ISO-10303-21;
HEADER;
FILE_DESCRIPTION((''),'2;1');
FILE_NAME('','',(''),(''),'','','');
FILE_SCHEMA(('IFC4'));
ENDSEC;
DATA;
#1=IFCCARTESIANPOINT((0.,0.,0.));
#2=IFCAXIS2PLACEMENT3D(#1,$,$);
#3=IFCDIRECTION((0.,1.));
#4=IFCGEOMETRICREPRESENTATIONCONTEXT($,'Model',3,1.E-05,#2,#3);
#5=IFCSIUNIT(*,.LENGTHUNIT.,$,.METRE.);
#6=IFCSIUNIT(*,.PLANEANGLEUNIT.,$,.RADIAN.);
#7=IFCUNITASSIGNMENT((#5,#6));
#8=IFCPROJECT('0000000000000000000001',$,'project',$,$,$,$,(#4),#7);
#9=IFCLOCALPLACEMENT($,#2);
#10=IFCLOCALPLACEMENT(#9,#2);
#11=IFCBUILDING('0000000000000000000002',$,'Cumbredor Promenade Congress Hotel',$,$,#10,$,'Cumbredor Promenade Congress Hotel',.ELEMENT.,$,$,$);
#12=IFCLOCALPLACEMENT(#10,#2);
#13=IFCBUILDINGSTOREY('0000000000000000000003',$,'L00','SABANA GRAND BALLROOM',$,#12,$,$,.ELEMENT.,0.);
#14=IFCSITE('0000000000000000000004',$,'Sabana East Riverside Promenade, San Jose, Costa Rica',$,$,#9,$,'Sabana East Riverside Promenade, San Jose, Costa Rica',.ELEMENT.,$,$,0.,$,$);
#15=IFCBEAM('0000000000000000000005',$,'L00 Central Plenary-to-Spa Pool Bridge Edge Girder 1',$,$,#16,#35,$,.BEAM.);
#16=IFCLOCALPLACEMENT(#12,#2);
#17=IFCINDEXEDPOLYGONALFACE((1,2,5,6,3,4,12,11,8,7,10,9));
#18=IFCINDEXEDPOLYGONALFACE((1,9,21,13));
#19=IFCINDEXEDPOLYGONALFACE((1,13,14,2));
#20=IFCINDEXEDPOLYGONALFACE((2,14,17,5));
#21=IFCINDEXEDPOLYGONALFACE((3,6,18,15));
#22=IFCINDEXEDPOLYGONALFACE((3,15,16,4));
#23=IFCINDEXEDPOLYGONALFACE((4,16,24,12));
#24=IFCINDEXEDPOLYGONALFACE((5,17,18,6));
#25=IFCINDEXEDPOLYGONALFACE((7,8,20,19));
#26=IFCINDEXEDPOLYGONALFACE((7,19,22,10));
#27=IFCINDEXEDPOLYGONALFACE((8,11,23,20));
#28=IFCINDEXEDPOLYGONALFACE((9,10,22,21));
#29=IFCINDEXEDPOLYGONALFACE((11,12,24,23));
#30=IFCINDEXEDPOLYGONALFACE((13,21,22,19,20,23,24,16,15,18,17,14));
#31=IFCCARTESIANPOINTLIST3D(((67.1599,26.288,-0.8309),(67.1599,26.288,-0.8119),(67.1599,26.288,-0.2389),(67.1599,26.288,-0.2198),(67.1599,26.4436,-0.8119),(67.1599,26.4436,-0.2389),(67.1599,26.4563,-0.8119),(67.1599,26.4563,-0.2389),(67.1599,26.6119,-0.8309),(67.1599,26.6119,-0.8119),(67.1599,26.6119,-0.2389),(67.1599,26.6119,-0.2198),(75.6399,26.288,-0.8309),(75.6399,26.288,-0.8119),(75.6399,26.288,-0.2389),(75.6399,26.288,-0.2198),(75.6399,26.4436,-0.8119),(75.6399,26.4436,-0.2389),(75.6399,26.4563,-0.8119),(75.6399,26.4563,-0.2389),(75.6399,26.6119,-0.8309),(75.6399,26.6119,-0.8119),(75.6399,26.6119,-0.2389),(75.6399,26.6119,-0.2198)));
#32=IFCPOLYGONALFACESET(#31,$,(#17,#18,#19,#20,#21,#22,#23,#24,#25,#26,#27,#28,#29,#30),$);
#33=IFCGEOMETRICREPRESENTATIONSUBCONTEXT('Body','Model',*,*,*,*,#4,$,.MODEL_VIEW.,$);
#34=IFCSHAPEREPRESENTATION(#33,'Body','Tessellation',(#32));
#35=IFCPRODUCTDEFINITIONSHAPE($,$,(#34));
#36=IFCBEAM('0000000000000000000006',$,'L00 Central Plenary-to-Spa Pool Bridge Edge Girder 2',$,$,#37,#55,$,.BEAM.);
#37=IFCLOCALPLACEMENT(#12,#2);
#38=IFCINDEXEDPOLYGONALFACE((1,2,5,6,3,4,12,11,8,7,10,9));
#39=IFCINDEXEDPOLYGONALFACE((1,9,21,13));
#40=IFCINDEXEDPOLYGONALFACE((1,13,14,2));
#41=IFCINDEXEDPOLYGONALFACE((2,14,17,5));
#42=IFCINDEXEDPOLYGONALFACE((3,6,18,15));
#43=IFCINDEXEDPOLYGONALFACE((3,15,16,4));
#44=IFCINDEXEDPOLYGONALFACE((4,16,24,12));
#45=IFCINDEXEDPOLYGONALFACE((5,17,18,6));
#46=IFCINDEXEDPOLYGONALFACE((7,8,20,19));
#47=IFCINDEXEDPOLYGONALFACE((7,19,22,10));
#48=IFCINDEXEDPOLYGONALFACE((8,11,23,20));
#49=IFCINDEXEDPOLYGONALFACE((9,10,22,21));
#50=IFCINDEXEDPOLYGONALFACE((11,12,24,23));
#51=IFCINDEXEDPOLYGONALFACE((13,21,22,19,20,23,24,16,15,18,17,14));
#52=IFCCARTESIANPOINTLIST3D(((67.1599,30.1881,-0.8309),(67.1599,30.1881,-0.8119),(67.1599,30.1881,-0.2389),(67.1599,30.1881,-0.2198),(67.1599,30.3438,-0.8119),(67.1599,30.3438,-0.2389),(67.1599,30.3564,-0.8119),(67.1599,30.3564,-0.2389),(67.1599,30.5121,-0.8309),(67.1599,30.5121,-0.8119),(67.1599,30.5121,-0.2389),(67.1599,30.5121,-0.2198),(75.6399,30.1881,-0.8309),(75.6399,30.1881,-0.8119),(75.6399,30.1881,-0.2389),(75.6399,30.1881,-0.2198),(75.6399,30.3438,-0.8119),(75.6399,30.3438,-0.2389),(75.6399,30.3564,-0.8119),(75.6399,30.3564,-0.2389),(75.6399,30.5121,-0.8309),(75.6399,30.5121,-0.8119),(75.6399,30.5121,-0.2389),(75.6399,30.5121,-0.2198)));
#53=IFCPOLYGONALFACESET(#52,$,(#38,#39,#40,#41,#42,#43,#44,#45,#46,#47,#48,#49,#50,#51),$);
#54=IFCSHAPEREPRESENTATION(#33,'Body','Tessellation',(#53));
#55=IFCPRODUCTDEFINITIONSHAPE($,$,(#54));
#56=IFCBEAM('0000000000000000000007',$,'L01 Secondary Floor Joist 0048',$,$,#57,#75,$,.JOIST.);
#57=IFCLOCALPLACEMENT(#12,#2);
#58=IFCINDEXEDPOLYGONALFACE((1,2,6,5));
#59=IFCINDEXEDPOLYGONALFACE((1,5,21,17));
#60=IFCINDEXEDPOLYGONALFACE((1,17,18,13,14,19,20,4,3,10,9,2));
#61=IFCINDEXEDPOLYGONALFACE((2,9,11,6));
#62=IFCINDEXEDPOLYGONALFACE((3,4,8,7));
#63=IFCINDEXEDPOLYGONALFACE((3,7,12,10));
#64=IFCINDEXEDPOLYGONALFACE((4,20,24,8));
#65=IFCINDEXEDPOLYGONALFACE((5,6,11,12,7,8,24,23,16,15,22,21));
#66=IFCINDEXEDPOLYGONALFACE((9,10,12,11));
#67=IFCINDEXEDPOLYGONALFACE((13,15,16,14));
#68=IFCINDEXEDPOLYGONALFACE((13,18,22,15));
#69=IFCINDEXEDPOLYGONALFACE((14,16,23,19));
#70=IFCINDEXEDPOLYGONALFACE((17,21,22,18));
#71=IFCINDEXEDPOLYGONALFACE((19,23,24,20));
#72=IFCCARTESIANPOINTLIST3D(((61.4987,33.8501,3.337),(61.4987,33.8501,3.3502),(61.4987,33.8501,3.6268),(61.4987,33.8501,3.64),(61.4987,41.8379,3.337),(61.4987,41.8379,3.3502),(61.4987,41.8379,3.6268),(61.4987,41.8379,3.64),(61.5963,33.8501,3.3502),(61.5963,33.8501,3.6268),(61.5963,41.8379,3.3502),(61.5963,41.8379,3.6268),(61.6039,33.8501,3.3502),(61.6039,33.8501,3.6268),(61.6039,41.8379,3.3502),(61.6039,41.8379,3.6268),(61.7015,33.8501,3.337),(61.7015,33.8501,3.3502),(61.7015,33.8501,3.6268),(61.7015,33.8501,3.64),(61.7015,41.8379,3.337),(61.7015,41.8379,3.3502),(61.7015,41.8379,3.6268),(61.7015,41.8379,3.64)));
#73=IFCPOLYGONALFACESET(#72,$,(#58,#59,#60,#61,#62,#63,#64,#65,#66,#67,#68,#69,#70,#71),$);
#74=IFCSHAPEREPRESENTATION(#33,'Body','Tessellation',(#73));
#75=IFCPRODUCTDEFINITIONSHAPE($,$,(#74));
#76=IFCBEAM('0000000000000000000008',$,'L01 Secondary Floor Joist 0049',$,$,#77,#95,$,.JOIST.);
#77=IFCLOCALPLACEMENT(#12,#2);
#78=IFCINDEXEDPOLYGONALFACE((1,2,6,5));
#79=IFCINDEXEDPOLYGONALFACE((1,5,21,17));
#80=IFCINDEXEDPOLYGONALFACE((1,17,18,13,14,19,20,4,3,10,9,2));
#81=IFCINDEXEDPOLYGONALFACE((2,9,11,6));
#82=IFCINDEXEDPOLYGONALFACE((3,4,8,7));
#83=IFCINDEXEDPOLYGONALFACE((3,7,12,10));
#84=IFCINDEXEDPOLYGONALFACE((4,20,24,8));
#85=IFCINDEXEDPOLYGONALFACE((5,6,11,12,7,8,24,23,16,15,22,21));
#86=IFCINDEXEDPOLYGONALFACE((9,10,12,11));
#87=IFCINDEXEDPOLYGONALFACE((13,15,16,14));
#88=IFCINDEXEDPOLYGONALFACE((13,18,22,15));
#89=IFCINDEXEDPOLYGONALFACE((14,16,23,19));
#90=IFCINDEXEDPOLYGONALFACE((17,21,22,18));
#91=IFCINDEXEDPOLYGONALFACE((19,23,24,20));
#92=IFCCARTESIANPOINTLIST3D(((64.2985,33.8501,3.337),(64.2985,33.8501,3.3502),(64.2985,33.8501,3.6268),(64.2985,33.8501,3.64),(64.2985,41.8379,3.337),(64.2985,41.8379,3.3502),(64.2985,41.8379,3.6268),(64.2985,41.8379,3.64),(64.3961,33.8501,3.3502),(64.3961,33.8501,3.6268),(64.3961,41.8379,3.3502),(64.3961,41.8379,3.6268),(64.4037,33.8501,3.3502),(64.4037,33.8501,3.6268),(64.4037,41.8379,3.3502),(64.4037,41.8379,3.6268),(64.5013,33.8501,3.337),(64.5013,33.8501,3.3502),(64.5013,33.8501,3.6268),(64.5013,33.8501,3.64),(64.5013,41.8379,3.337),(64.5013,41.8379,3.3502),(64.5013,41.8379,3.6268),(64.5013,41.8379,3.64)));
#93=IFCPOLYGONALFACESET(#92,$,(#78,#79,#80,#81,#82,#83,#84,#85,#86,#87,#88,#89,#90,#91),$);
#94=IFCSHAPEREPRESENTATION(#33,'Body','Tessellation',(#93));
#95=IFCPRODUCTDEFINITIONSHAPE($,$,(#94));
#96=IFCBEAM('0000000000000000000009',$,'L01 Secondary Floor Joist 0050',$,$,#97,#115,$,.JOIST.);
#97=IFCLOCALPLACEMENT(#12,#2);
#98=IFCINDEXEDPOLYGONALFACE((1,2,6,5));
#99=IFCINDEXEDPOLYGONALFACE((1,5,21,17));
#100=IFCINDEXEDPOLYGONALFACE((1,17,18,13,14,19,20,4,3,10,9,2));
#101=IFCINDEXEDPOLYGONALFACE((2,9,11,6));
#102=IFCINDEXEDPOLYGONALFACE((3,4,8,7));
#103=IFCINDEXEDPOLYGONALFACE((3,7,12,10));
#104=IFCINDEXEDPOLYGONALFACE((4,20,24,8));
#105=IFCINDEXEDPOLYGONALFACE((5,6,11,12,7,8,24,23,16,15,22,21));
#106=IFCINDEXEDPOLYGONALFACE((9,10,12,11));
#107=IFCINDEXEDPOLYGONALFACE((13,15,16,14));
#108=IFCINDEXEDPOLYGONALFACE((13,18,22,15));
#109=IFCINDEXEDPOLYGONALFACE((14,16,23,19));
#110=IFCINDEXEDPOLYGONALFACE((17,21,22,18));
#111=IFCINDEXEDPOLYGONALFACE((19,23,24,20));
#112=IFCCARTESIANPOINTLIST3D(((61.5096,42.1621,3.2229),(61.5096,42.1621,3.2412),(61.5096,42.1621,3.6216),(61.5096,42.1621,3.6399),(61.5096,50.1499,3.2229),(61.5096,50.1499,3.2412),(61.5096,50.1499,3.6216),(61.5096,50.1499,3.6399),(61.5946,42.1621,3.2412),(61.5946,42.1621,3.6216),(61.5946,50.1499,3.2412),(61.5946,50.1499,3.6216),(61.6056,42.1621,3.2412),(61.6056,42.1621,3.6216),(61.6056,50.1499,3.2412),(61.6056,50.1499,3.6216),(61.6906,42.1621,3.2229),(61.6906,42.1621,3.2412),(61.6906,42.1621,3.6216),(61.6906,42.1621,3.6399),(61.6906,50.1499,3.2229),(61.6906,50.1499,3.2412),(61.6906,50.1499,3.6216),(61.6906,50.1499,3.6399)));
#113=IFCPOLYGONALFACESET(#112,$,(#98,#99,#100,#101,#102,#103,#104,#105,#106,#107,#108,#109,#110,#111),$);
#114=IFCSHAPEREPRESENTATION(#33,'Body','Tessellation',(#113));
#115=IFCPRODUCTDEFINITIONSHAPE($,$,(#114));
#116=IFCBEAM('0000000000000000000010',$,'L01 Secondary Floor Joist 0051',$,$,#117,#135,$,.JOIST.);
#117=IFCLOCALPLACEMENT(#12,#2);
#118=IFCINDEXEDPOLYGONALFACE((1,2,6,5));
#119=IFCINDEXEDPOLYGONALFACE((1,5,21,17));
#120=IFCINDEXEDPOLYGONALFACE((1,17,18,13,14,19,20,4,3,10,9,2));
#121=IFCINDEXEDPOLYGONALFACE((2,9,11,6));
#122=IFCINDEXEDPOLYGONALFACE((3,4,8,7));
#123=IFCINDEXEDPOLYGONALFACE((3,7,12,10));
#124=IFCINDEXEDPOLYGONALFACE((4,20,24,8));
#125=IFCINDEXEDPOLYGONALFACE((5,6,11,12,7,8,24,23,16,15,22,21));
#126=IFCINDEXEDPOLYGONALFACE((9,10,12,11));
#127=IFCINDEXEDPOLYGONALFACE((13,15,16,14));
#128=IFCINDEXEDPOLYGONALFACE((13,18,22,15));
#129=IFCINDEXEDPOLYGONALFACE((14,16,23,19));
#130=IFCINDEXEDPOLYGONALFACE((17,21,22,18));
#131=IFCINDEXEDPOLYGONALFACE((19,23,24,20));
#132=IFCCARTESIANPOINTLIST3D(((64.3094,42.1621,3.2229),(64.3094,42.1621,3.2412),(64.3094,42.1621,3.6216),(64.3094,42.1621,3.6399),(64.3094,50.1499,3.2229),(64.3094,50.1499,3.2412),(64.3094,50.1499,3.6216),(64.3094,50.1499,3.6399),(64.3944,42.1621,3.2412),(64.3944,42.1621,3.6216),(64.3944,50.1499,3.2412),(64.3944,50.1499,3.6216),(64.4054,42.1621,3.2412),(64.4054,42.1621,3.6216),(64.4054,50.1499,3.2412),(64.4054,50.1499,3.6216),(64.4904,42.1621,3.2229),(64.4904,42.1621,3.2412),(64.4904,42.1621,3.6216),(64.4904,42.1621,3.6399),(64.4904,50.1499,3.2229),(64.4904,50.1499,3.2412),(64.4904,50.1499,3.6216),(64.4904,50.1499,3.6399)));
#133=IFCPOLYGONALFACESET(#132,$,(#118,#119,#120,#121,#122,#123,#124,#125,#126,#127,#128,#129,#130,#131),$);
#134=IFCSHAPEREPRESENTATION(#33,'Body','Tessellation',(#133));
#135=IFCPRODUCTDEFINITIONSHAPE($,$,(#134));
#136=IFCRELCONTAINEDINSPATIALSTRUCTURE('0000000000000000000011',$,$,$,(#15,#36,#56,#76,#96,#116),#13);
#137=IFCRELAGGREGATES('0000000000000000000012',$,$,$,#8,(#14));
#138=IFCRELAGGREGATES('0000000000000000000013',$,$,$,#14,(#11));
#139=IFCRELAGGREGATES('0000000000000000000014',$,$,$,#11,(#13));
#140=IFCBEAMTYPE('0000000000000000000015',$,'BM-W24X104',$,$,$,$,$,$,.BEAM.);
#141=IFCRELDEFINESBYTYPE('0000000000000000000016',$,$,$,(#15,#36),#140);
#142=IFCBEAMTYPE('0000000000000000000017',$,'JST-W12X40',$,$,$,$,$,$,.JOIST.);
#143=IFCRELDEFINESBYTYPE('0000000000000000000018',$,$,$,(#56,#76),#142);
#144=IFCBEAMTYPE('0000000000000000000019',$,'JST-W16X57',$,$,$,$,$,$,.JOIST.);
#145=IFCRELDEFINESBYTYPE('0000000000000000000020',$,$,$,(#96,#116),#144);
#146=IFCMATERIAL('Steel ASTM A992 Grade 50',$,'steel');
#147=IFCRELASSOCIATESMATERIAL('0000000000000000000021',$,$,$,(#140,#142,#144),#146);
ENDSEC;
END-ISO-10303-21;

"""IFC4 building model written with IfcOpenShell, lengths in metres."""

from ifc_helpers import new_model, si_unit, direction, frame, origin, origin_2d, place, context, subcontext, project, spatial, i_section, extrude, material, material_profile, profile_set, type_object, element, save


model = new_model("IFC4")

# Units and contexts
model_context = context("Model", 3, precision=1e-05, world=origin(), true_north=direction((0.0, 1.0)))
body_context = subcontext(model_context, "Body", "Model", "MODEL_VIEW")
ifc_project = project(units=[si_unit("LENGTHUNIT", "METRE"), si_unit("PLANEANGLEUNIT", "RADIAN")], contexts=[model_context])

# Site, building, storey
site_placement = place(None, origin())
site = spatial("IfcSite", under=ifc_project, at=site_placement, Name="Sabana East Riverside Promenade, San Jose, Costa Rica", LongName="Sabana East Riverside Promenade, San Jose, Costa Rica", CompositionType="ELEMENT", RefElevation=0.0)
building_placement = place(site_placement, origin())
building = spatial("IfcBuilding", under=site, at=building_placement, Name="Cumbredor Promenade Congress Hotel", LongName="Cumbredor Promenade Congress Hotel", CompositionType="ELEMENT")
storey_placement = place(building_placement, origin())
storey = spatial("IfcBuildingStorey", under=building, at=storey_placement, Name="L00", Description="SABANA GRAND BALLROOM", CompositionType="ELEMENT", Elevation=0.0)

# Beams
ifc_material_1 = material(Name="Steel ASTM A992 Grade 50", Category="steel")
ifc_material_profile_1 = material_profile(ifc_material_1, i_section(OverallWidth=0.324, OverallDepth=0.6111, WebThickness=0.0127, FlangeThickness=0.019, at=origin_2d()), Name="W24X104")
ifc_profile_set_1 = profile_set([ifc_material_profile_1], Name="Steel ASTM A992 Grade 50")
beam_type_1 = type_object("IfcBeamType", Name="BM-W24X104", PredefinedType="BEAM", material=ifc_profile_set_1)
for number, where, z_axis, x_axis, name in (
    (1, (67.1599, 26.45, -0.5254), (1.0, 0.0, 0.0), (0.0, 1.0, 0.0), "L00 Central Plenary-to-Spa Pool Bridge Edge Girder 1"),
    (2, (67.1599, 30.3501, -0.5254), (1.0, 0.0, 0.0), (0.0, 1.0, 0.0), "L00 Central Plenary-to-Spa Pool Bridge Edge Girder 2"),
):
    element("IfcBeam", number, at=place(storey_placement, frame(where, z_axis=z_axis, x_axis=x_axis)), inside=storey, type_object=beam_type_1, Name=name, PredefinedType="BEAM", context=body_context, shape_type="SweptSolid", body=[
        extrude(i_section(OverallWidth=0.324, OverallDepth=0.6111, WebThickness=0.0127, FlangeThickness=0.019, at=origin_2d()), origin(), (0.0, 0.0, 1.0), 8.48),
    ])
ifc_material_profile_2 = material_profile(ifc_material_1, i_section(OverallWidth=0.2029, OverallDepth=0.303, WebThickness=0.0076, FlangeThickness=0.0132, at=origin_2d()), Name="W12X40")
ifc_profile_set_2 = profile_set([ifc_material_profile_2], Name="Steel ASTM A992 Grade 50")
beam_type_2 = type_object("IfcBeamType", Name="JST-W12X40", PredefinedType="JOIST", material=ifc_profile_set_2)
for number, where, z_axis, x_axis, name in (
    (3, (61.6001, 33.8501, 3.4885), (0.0, 1.0, 0.0), (-1.0, 0.0, 0.0), "L01 Secondary Floor Joist 0048"),
    (4, (64.3999, 33.8501, 3.4885), (0.0, 1.0, 0.0), (-1.0, 0.0, 0.0), "L01 Secondary Floor Joist 0049"),
):
    element("IfcBeam", number, at=place(storey_placement, frame(where, z_axis=z_axis, x_axis=x_axis)), inside=storey, type_object=beam_type_2, Name=name, PredefinedType="JOIST", context=body_context, shape_type="SweptSolid", body=[
        extrude(i_section(OverallWidth=0.2029, OverallDepth=0.303, WebThickness=0.0076, FlangeThickness=0.0132, at=origin_2d()), origin(), (0.0, 0.0, 1.0), 7.9878),
    ])
ifc_material_profile_3 = material_profile(ifc_material_1, i_section(OverallWidth=0.1809, OverallDepth=0.417, WebThickness=0.011, FlangeThickness=0.0183, at=origin_2d()), Name="W16X57")
ifc_profile_set_3 = profile_set([ifc_material_profile_3], Name="Steel ASTM A992 Grade 50")
beam_type_3 = type_object("IfcBeamType", Name="JST-W16X57", PredefinedType="JOIST", material=ifc_profile_set_3)
for number, where, z_axis, x_axis, name in (
    (5, (61.6001, 42.1621, 3.4314), (0.0, 1.0, 0.0), (-1.0, 0.0, 0.0), "L01 Secondary Floor Joist 0050"),
    (6, (64.3999, 42.1621, 3.4314), (0.0, 1.0, 0.0), (-1.0, 0.0, 0.0), "L01 Secondary Floor Joist 0051"),
):
    element("IfcBeam", number, at=place(storey_placement, frame(where, z_axis=z_axis, x_axis=x_axis)), inside=storey, type_object=beam_type_3, Name=name, PredefinedType="JOIST", context=body_context, shape_type="SweptSolid", body=[
        extrude(i_section(OverallWidth=0.1809, OverallDepth=0.417, WebThickness=0.011, FlangeThickness=0.0183, at=origin_2d()), origin(), (0.0, 0.0, 1.0), 7.9878),
    ])

save(model, "model.ifc")
